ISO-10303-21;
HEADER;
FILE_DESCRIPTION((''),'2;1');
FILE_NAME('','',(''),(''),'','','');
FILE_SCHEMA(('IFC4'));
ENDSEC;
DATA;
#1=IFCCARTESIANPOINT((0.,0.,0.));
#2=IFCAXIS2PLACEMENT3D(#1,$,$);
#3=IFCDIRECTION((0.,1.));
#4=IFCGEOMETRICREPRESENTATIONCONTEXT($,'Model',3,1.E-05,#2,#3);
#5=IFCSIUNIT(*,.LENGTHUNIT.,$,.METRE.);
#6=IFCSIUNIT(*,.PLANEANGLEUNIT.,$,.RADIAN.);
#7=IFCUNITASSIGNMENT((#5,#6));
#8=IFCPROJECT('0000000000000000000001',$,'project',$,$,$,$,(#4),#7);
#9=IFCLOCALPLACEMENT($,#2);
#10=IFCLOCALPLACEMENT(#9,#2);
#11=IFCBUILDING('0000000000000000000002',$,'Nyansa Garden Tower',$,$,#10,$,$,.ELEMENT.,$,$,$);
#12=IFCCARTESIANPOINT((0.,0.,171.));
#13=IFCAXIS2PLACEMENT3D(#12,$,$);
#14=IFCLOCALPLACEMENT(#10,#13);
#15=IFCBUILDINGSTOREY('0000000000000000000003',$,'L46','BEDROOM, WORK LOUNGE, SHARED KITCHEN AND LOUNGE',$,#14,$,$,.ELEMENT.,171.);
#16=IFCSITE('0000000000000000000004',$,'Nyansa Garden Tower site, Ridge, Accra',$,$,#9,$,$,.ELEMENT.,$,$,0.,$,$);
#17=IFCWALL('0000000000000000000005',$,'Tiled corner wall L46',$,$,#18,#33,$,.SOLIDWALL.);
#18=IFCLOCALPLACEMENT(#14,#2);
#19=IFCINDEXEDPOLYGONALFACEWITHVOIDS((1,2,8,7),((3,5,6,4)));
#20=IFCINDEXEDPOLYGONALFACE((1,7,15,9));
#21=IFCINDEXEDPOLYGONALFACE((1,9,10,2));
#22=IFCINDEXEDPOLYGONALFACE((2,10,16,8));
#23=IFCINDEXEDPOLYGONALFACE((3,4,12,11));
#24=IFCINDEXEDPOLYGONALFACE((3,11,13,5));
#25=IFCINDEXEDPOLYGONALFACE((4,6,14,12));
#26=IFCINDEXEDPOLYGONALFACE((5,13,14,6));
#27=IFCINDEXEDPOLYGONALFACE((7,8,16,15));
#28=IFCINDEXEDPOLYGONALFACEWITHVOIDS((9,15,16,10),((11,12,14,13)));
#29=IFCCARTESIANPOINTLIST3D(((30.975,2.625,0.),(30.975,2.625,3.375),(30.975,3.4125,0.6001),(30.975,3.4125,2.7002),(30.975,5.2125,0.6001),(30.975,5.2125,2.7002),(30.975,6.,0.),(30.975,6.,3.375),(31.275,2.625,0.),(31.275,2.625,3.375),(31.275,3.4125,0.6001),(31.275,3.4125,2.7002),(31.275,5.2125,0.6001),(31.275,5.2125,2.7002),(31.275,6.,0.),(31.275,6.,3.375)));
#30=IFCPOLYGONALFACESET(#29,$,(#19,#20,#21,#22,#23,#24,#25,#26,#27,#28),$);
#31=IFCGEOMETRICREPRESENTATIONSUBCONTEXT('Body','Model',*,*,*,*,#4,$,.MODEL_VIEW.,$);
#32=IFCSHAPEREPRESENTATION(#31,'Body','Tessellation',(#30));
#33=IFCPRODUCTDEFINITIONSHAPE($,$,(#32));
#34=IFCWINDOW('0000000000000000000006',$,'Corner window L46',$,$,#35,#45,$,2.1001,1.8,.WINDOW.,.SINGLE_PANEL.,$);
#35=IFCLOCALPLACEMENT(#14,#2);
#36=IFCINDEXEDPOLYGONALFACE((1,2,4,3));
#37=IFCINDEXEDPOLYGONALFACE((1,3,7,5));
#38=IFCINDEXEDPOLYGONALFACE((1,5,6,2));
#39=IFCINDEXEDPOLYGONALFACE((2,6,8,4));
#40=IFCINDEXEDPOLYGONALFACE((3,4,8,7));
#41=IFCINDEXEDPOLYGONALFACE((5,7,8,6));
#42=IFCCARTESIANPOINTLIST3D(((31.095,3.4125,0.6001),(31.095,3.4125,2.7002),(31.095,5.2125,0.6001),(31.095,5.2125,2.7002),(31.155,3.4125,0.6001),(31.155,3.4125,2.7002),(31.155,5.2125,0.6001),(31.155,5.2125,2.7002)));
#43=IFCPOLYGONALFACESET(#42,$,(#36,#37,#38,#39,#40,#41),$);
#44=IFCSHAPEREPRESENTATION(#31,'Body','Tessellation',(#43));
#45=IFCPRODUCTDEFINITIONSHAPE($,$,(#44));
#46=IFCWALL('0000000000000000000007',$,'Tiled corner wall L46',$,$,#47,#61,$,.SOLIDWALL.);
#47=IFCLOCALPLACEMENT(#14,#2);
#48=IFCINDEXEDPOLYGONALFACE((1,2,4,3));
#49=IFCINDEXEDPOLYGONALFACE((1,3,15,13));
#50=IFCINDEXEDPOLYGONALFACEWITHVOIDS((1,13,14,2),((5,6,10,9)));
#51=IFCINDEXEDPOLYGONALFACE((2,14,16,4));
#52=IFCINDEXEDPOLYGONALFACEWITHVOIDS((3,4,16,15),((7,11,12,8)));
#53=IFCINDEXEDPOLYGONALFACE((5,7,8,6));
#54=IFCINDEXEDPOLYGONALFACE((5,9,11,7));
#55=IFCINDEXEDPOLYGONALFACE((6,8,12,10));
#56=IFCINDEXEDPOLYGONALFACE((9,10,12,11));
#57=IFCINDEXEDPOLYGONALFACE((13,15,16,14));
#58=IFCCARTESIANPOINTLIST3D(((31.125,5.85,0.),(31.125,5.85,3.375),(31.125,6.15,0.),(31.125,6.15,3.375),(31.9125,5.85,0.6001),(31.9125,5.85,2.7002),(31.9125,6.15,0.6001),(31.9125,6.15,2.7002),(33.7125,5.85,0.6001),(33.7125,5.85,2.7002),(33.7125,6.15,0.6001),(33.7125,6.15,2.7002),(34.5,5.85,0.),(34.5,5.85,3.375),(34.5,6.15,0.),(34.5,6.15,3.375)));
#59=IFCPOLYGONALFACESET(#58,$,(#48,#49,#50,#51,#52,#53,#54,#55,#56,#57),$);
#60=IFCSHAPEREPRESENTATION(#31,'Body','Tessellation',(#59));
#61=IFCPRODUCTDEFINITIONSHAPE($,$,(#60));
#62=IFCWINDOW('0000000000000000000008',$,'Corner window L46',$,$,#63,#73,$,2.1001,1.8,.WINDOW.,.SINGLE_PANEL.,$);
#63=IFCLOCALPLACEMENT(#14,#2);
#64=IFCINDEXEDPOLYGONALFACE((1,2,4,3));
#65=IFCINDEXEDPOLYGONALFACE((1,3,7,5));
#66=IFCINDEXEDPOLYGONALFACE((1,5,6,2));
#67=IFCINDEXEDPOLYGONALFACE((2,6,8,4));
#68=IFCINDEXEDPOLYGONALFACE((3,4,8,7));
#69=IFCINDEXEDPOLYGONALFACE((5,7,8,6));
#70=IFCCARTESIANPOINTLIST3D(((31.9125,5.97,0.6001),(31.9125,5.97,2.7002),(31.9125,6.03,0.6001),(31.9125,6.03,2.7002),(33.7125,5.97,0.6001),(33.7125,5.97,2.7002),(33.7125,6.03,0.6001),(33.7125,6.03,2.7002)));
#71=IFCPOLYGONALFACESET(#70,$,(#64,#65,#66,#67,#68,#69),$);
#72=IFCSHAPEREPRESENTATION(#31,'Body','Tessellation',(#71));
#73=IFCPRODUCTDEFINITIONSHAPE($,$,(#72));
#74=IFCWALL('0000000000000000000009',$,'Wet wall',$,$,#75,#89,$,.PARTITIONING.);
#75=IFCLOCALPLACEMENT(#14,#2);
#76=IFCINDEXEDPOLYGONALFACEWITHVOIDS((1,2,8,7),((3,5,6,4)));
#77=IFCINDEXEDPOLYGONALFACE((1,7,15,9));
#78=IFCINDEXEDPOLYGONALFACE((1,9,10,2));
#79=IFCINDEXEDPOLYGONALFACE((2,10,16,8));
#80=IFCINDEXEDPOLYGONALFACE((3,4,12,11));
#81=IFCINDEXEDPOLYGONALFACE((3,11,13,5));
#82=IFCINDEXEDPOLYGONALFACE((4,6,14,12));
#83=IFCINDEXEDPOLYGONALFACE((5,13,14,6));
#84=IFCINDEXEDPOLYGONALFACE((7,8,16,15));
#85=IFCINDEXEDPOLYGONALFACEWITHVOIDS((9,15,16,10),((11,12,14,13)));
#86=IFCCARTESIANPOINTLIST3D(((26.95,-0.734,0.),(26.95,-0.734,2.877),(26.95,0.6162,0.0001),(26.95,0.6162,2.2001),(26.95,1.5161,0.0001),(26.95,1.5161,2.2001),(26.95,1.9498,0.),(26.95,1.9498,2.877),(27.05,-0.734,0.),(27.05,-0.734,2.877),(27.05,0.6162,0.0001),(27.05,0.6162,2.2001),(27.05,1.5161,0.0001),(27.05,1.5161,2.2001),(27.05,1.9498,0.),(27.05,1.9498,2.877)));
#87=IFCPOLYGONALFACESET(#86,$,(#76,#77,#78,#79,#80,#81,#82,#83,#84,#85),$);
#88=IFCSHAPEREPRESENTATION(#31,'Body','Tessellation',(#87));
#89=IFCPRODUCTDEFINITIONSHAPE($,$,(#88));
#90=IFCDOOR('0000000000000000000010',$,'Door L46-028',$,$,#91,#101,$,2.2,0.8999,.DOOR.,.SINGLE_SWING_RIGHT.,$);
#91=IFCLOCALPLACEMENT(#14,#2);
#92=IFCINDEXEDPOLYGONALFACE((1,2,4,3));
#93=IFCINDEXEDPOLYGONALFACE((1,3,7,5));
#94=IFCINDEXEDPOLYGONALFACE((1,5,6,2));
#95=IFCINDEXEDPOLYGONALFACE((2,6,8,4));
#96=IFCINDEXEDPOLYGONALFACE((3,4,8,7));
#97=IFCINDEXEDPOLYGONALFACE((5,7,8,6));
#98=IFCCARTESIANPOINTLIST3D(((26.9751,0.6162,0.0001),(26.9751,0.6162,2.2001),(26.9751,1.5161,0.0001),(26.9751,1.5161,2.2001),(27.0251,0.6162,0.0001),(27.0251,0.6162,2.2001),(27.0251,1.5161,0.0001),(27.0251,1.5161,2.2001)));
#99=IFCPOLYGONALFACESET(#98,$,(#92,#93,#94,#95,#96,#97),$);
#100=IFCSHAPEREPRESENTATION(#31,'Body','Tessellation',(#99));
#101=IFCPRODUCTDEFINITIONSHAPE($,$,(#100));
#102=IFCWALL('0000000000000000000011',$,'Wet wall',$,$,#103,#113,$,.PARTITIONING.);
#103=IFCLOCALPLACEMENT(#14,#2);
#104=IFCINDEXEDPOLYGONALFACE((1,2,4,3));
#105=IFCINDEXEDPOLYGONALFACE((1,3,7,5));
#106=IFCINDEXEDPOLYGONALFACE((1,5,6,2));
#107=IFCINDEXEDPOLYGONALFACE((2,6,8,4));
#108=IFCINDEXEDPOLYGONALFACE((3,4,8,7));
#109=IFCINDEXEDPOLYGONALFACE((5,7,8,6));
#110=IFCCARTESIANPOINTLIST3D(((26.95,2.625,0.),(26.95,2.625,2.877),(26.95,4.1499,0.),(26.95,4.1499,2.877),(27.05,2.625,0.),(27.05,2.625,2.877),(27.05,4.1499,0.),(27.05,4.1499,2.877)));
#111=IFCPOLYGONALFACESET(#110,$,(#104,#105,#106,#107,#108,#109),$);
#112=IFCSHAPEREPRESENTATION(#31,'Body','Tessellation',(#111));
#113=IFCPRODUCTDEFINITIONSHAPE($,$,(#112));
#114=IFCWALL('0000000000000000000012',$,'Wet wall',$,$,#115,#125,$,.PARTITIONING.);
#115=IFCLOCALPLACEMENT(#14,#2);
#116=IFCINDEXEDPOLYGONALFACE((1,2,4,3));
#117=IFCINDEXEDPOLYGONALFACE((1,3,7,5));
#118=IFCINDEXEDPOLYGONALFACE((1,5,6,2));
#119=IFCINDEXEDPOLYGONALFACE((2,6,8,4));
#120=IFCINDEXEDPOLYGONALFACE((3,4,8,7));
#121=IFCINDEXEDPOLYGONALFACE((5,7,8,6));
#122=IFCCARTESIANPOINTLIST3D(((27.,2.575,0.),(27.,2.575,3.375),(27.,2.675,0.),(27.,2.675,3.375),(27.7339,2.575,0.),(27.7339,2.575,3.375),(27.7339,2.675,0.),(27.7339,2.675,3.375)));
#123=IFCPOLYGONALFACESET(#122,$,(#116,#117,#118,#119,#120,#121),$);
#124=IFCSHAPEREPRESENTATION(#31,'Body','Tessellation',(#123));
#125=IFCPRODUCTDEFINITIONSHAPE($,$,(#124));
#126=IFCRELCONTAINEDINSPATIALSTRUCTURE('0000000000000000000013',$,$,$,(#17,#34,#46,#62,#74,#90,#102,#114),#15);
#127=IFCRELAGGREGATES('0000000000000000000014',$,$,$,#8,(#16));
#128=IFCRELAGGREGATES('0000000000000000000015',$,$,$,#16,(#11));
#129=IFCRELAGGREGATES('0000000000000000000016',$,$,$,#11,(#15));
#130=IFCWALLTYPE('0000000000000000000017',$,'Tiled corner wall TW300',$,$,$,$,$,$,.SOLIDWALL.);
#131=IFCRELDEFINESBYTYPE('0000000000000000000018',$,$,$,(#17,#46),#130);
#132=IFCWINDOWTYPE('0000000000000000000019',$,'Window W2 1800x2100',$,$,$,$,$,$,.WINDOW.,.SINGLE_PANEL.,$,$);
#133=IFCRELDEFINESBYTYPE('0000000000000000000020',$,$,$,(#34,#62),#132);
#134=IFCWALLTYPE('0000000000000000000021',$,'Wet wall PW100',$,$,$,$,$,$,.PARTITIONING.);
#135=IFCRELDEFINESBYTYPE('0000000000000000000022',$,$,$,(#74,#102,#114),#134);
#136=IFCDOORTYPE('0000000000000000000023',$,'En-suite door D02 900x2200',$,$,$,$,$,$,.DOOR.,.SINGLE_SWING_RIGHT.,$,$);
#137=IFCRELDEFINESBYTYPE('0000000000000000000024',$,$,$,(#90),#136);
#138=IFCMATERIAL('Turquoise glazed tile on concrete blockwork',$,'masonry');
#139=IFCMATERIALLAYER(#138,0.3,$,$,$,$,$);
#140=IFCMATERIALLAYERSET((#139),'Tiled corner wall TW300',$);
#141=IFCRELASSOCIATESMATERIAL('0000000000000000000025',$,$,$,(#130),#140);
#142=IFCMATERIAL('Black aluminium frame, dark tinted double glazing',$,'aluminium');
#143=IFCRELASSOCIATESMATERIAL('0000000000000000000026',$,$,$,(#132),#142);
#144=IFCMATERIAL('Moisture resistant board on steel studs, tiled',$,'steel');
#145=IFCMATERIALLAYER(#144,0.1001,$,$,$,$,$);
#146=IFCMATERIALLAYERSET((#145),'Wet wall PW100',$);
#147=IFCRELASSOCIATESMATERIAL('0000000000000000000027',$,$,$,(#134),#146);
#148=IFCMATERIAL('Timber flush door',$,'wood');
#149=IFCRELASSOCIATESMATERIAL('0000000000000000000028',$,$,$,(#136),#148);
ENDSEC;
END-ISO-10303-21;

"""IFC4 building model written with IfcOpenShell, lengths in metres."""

from ifc_helpers import new_model, si_unit, direction, frame, frame_2d, origin, place, context, subcontext, project, spatial, rectangle, extrude, material, layer, layer_set, type_object, element, fill, save


model = new_model("IFC4")

# Units and contexts
model_context = context("Model", 3, precision=1e-05, world=origin(), true_north=direction((0.0, 1.0)))
body_context = subcontext(model_context, "Body", "Model", "MODEL_VIEW")
ifc_project = project(units=[si_unit("LENGTHUNIT", "METRE"), si_unit("PLANEANGLEUNIT", "RADIAN")], contexts=[model_context])

# Site, building, storey
site_placement = place(None, origin())
site = spatial("IfcSite", under=ifc_project, at=site_placement, Name="Nyansa Garden Tower site, Ridge, Accra", CompositionType="ELEMENT", RefElevation=0.0)
building_placement = place(site_placement, origin())
building = spatial("IfcBuilding", under=site, at=building_placement, Name="Nyansa Garden Tower", CompositionType="ELEMENT")
storey_placement = place(building_placement, frame((0.0, 0.0, 171.0)))
storey = spatial("IfcBuildingStorey", under=building, at=storey_placement, Name="L46", Description="BEDROOM, WORK LOUNGE, SHARED KITCHEN AND LOUNGE", CompositionType="ELEMENT", Elevation=171.0)

# Walls, openings, windows
ifc_material_1 = material(Name="Turquoise glazed tile on concrete blockwork", Category="masonry")
ifc_layer_1 = layer(ifc_material_1, 0.3)
ifc_layer_set_1 = layer_set([ifc_layer_1], Name="Tiled corner wall TW300")
wall_type_1 = type_object("IfcWallType", Name="Tiled corner wall TW300", PredefinedType="SOLIDWALL", material=ifc_layer_set_1)
ifc_material_2 = material(Name="Black aluminium frame, dark tinted double glazing", Category="aluminium")
window_type = type_object("IfcWindowType", Name="Window W2 1800x2100", PartitioningType="SINGLE_PANEL", PredefinedType="WINDOW", material=ifc_material_2)
wall_1_placement = place(storey_placement, frame((31.125, 2.625, 0.0), z_axis=(0.0, 0.0, 1.0), x_axis=(0.0, 1.0, 0.0)))
wall_1 = element("IfcWall", 1, at=wall_1_placement, inside=storey, type_object=wall_type_1, Name="Tiled corner wall L46", PredefinedType="SOLIDWALL", context=body_context, shape_type="SweptSolid", body=[
    extrude(rectangle(XDim=3.375, YDim=0.3, at=frame_2d((1.6875, 0.0))), origin(), (0.0, 0.0, 1.0), 3.375),
])
opening_1_placement = place(wall_1_placement, frame((0.7876, 0.0, 0.6001)))
opening_1 = element("IfcOpeningElement", 2, at=opening_1_placement, cuts=wall_1, PredefinedType="OPENING", context=body_context, shape_type="SweptSolid", body=[
    extrude(rectangle(XDim=1.8, YDim=2.1001, at=frame_2d((0.8999, 1.05))), frame((0.0, 0.1599, 0.0), z_axis=(0.0, -1.0, 0.0), x_axis=(1.0, 0.0, 0.0)), (0.0, 0.0, 1.0), 0.3201),
])
window_1_placement = place(opening_1_placement, origin())
window_1 = element("IfcWindow", 3, at=window_1_placement, inside=storey, type_object=window_type, Name="Corner window L46", OverallHeight=2.1001, OverallWidth=1.8, PartitioningType="SINGLE_PANEL", PredefinedType="WINDOW", context=body_context, shape_type="SweptSolid", body=[
    extrude(rectangle(XDim=1.8, YDim=2.1001, at=frame_2d((0.8999, 1.05))), frame((0.0, 0.03, 0.0), z_axis=(0.0, -1.0, 0.0), x_axis=(1.0, 0.0, 0.0)), (0.0, 0.0, 1.0), 0.0601),
])
fill(opening_1, window_1)
wall_2_placement = place(storey_placement, frame((31.125, 6.0, 0.0), z_axis=(0.0, 0.0, 1.0), x_axis=(1.0, 0.0, 0.0)))
wall_2 = element("IfcWall", 4, at=wall_2_placement, inside=storey, type_object=wall_type_1, Name="Tiled corner wall L46", PredefinedType="SOLIDWALL", context=body_context, shape_type="SweptSolid", body=[
    extrude(rectangle(XDim=3.375, YDim=0.3, at=frame_2d((1.6875, 0.0))), origin(), (0.0, 0.0, 1.0), 3.375),
])
opening_2_placement = place(wall_2_placement, frame((0.7876, 0.0, 0.6001)))
opening_2 = element("IfcOpeningElement", 5, at=opening_2_placement, cuts=wall_2, PredefinedType="OPENING", context=body_context, shape_type="SweptSolid", body=[
    extrude(rectangle(XDim=1.8, YDim=2.1001, at=frame_2d((0.8999, 1.05))), frame((0.0, 0.1599, 0.0), z_axis=(0.0, -1.0, 0.0), x_axis=(1.0, 0.0, 0.0)), (0.0, 0.0, 1.0), 0.3201),
])
window_2_placement = place(opening_2_placement, origin())
window_2 = element("IfcWindow", 6, at=window_2_placement, inside=storey, type_object=window_type, Name="Corner window L46", OverallHeight=2.1001, OverallWidth=1.8, PartitioningType="SINGLE_PANEL", PredefinedType="WINDOW", context=body_context, shape_type="SweptSolid", body=[
    extrude(rectangle(XDim=1.8, YDim=2.1001, at=frame_2d((0.8999, 1.05))), frame((0.0, 0.03, 0.0), z_axis=(0.0, -1.0, 0.0), x_axis=(1.0, 0.0, 0.0)), (0.0, 0.0, 1.0), 0.0601),
])
fill(opening_2, window_2)

# Wall, opening, door
ifc_material_3 = material(Name="Moisture resistant board on steel studs, tiled", Category="steel")
ifc_layer_2 = layer(ifc_material_3, 0.1001)
ifc_layer_set_2 = layer_set([ifc_layer_2], Name="Wet wall PW100")
wall_type_2 = type_object("IfcWallType", Name="Wet wall PW100", PredefinedType="PARTITIONING", material=ifc_layer_set_2)
wall_3_placement = place(storey_placement, frame((27.0, -0.7339, 0.0), z_axis=(0.0, 0.0, 1.0), x_axis=(0.0, 1.0, 0.0)))
wall_3 = element("IfcWall", 7, at=wall_3_placement, inside=storey, type_object=wall_type_2, Name="Wet wall", PredefinedType="PARTITIONING", context=body_context, shape_type="SweptSolid", body=[
    extrude(rectangle(XDim=2.6838, YDim=0.1001, at=frame_2d((1.3418, 0.0))), origin(), (0.0, 0.0, 1.0), 2.877),
])
opening_3_placement = place(wall_3_placement, frame((1.3501, 0.0, 0.0)))
opening_3 = element("IfcOpeningElement", 8, at=opening_3_placement, cuts=wall_3, PredefinedType="OPENING", context=body_context, shape_type="SweptSolid", body=[
    extrude(rectangle(XDim=0.8999, YDim=2.2, at=frame_2d((0.45, 1.1001))), frame((0.0, 0.0601, 0.0), z_axis=(0.0, -1.0, 0.0), x_axis=(1.0, 0.0, 0.0)), (0.0, 0.0, 1.0), 0.1201),
])
ifc_material_4 = material(Name="Timber flush door", Category="wood")
door_type = type_object("IfcDoorType", Name="En-suite door D02 900x2200", OperationType="SINGLE_SWING_RIGHT", PredefinedType="DOOR", material=ifc_material_4)
door_placement = place(opening_3_placement, origin())
door = element("IfcDoor", 9, at=door_placement, inside=storey, type_object=door_type, Name="Door L46-028", OperationType="SINGLE_SWING_RIGHT", OverallHeight=2.2, OverallWidth=0.8999, PredefinedType="DOOR", context=body_context, shape_type="SweptSolid", body=[
    extrude(rectangle(XDim=0.8999, YDim=2.2, at=frame_2d((0.45, 1.1001))), frame((0.0, 0.0249, 0.0), z_axis=(0.0, -1.0, 0.0), x_axis=(1.0, 0.0, 0.0)), (0.0, 0.0, 1.0), 0.05),
])
fill(opening_3, door)

# Walls
wall_4_placement = place(storey_placement, frame((27.0, 2.625, 0.0), z_axis=(0.0, 0.0, 1.0), x_axis=(0.0, 1.0, 0.0)))
element("IfcWall", 10, at=wall_4_placement, inside=storey, type_object=wall_type_2, Name="Wet wall", PredefinedType="PARTITIONING", context=body_context, shape_type="SweptSolid", body=[
    extrude(rectangle(XDim=1.5249, YDim=0.1001, at=frame_2d((0.7625, 0.0))), origin(), (0.0, 0.0, 1.0), 2.877),
])
wall_5_placement = place(storey_placement, frame((27.0, 2.625, 0.0), z_axis=(0.0, 0.0, 1.0), x_axis=(1.0, 0.0, 0.0)))
element("IfcWall", 11, at=wall_5_placement, inside=storey, type_object=wall_type_2, Name="Wet wall", PredefinedType="PARTITIONING", context=body_context, shape_type="SweptSolid", body=[
    extrude(rectangle(XDim=0.7339, YDim=0.1001, at=frame_2d((0.3669, 0.0))), origin(), (0.0, 0.0, 1.0), 3.375),
])

save(model, "model.ifc")
